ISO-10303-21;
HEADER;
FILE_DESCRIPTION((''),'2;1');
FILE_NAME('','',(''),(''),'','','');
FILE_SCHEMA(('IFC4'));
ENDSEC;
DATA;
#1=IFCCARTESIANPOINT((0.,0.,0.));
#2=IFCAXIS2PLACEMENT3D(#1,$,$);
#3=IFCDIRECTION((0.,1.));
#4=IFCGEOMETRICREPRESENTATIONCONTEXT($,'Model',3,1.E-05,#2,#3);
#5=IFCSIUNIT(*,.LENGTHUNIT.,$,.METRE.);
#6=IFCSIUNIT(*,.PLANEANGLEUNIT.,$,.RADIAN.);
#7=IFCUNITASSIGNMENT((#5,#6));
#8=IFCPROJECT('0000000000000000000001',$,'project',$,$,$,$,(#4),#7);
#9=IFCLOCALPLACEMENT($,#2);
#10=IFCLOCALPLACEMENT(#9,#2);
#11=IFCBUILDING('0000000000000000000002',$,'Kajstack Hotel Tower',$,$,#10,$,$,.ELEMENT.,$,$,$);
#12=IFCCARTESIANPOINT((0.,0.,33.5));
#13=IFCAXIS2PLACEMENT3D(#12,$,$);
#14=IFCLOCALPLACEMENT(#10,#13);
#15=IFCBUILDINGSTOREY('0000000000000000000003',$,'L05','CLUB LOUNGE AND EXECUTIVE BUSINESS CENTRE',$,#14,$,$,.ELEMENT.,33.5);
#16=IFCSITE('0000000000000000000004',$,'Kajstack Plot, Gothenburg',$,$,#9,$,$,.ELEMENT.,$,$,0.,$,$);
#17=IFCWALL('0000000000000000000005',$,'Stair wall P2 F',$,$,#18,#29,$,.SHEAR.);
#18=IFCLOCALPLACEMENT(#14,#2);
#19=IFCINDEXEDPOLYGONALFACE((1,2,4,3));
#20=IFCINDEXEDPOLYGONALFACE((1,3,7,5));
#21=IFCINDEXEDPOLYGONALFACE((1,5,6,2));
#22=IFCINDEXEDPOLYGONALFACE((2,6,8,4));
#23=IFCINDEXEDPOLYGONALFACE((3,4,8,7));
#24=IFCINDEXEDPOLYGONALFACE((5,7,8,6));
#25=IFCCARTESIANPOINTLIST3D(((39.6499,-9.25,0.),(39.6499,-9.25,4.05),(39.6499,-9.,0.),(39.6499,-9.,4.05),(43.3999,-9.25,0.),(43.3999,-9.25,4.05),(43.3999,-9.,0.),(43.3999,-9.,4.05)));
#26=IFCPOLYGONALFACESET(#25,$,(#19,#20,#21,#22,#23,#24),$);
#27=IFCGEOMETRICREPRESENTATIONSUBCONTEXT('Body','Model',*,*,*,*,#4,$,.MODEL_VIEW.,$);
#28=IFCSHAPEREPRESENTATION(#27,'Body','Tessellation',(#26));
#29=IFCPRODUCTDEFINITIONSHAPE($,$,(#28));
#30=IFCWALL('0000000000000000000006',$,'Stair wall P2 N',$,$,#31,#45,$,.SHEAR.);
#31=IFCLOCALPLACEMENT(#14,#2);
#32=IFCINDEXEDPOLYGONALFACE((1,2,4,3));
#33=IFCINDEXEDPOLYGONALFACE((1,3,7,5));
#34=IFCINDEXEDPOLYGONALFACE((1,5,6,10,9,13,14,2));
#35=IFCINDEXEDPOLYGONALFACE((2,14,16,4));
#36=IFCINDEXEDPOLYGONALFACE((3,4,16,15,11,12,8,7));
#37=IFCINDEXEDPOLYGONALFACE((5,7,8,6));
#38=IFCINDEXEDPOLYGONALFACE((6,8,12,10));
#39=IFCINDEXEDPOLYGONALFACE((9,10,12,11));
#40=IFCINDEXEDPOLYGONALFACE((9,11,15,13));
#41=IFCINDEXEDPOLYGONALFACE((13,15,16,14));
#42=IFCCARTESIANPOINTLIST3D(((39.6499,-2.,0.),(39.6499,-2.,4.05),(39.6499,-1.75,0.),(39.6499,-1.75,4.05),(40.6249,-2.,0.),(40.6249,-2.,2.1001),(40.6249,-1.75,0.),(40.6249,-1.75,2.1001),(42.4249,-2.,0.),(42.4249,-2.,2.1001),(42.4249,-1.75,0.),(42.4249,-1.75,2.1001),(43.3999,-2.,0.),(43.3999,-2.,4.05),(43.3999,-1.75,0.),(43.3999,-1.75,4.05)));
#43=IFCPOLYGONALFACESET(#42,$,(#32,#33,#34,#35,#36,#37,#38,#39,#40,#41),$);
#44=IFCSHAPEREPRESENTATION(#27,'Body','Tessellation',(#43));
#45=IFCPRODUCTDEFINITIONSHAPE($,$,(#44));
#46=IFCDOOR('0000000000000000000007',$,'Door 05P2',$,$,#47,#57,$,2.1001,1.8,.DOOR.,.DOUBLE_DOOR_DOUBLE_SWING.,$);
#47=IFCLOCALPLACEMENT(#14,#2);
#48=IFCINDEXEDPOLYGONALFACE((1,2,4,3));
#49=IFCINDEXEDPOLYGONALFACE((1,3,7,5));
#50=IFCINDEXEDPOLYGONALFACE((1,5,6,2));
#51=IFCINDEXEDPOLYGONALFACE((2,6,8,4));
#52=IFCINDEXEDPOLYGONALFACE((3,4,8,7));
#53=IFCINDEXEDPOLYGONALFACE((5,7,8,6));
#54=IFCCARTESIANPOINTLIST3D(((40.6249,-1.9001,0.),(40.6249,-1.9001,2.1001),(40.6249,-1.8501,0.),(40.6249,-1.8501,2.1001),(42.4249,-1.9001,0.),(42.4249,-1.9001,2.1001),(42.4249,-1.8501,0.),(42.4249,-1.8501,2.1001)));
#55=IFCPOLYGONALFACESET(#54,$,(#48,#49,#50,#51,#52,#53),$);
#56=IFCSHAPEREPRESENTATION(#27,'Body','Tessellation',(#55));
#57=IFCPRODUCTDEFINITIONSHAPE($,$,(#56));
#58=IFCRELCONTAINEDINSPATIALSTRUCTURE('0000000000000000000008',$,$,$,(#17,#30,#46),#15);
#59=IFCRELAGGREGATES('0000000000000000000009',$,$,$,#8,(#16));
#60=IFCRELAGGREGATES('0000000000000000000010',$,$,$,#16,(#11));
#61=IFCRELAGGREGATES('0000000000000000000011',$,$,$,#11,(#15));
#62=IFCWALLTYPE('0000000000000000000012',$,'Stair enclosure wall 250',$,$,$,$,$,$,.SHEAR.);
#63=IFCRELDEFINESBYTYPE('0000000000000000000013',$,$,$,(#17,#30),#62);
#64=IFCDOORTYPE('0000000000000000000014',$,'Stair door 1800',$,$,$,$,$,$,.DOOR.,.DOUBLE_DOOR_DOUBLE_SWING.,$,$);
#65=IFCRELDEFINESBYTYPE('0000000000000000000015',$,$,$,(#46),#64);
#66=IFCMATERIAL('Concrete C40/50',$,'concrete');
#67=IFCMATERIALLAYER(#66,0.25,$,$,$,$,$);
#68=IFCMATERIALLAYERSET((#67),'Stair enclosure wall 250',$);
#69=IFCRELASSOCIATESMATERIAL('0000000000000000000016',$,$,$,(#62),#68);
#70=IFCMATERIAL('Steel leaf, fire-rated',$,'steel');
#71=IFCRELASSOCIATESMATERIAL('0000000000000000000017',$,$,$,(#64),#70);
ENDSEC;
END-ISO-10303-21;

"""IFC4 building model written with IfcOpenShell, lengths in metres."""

from ifc_helpers import new_model, si_unit, direction, frame, frame_2d, origin, place, context, subcontext, project, spatial, rectangle, extrude, material, layer, layer_set, type_object, element, fill, save


model = new_model("IFC4")

# Units and contexts
model_context = context("Model", 3, precision=1e-05, world=origin(), true_north=direction((0.0, 1.0)))
body_context = subcontext(model_context, "Body", "Model", "MODEL_VIEW")
ifc_project = project(units=[si_unit("LENGTHUNIT", "METRE"), si_unit("PLANEANGLEUNIT", "RADIAN")], contexts=[model_context])

# Site, building, storey
site_placement = place(None, origin())
site = spatial("IfcSite", under=ifc_project, at=site_placement, Name="Kajstack Plot, Gothenburg", CompositionType="ELEMENT", RefElevation=0.0)
building_placement = place(site_placement, origin())
building = spatial("IfcBuilding", under=site, at=building_placement, Name="Kajstack Hotel Tower", CompositionType="ELEMENT")
storey_placement = place(building_placement, frame((0.0, 0.0, 33.5)))
storey = spatial("IfcBuildingStorey", under=building, at=storey_placement, Name="L05", Description="CLUB LOUNGE AND EXECUTIVE BUSINESS CENTRE", CompositionType="ELEMENT", Elevation=33.5)

# Wall
ifc_material_1 = material(Name="Concrete C40/50", Category="concrete")
ifc_layer_1 = layer(ifc_material_1, 0.25)
ifc_layer_set_1 = layer_set([ifc_layer_1], Name="Stair enclosure wall 250")
wall_type_1 = type_object("IfcWallType", Name="Stair enclosure wall 250", PredefinedType="SHEAR", material=ifc_layer_set_1)
wall_1_placement = place(storey_placement, frame((39.6499, -9.125, 0.0), z_axis=(0.0, 0.0, 1.0), x_axis=(1.0, 0.0, 0.0)))
element("IfcWall", 1, at=wall_1_placement, inside=storey, type_object=wall_type_1, Name="Stair wall P2 F", PredefinedType="SHEAR", context=body_context, shape_type="SweptSolid", body=[
    extrude(rectangle(XDim=3.75, YDim=0.25, at=frame_2d((1.875, 0.0))), origin(), (0.0, 0.0, 1.0), 4.05),
])

# Wall, opening, door
wall_2_placement = place(storey_placement, frame((39.6499, -1.875, 0.0), z_axis=(0.0, 0.0, 1.0), x_axis=(1.0, 0.0, 0.0)))
wall_2 = element("IfcWall", 2, at=wall_2_placement, inside=storey, type_object=wall_type_1, Name="Stair wall P2 N", PredefinedType="SHEAR", context=body_context, shape_type="SweptSolid", body=[
    extrude(rectangle(XDim=3.75, YDim=0.25, at=frame_2d((1.875, 0.0))), origin(), (0.0, 0.0, 1.0), 4.05),
])
opening_1_placement = place(wall_2_placement, frame((0.9751, 0.0, 0.0)))
opening_1 = element("IfcOpeningElement", 3, at=opening_1_placement, cuts=wall_2, PredefinedType="OPENING", context=body_context, shape_type="SweptSolid", body=[
    extrude(rectangle(XDim=1.8, YDim=2.1001, at=frame_2d((0.8999, 1.05))), frame((0.0, 0.135, 0.0), z_axis=(0.0, -1.0, 0.0), x_axis=(1.0, 0.0, 0.0)), (0.0, 0.0, 1.0), 0.27),
])
ifc_material_2 = material(Name="Steel leaf, fire-rated", Category="steel")
door_type = type_object("IfcDoorType", Name="Stair door 1800", OperationType="DOUBLE_DOOR_DOUBLE_SWING", PredefinedType="DOOR", material=ifc_material_2)
door_placement = place(opening_1_placement, origin())
door = element("IfcDoor", 4, at=door_placement, inside=storey, type_object=door_type, Name="Door 05P2", OperationType="DOUBLE_DOOR_DOUBLE_SWING", OverallHeight=2.1001, OverallWidth=1.8, PredefinedType="DOOR", context=body_context, shape_type="SweptSolid", body=[
    extrude(rectangle(XDim=1.8, YDim=2.1001, at=frame_2d((0.8999, 1.05))), frame((0.0, 0.0249, 0.0), z_axis=(0.0, -1.0, 0.0), x_axis=(1.0, 0.0, 0.0)), (0.0, 0.0, 1.0), 0.05),
])
fill(opening_1, door)

save(model, "model.ifc")
